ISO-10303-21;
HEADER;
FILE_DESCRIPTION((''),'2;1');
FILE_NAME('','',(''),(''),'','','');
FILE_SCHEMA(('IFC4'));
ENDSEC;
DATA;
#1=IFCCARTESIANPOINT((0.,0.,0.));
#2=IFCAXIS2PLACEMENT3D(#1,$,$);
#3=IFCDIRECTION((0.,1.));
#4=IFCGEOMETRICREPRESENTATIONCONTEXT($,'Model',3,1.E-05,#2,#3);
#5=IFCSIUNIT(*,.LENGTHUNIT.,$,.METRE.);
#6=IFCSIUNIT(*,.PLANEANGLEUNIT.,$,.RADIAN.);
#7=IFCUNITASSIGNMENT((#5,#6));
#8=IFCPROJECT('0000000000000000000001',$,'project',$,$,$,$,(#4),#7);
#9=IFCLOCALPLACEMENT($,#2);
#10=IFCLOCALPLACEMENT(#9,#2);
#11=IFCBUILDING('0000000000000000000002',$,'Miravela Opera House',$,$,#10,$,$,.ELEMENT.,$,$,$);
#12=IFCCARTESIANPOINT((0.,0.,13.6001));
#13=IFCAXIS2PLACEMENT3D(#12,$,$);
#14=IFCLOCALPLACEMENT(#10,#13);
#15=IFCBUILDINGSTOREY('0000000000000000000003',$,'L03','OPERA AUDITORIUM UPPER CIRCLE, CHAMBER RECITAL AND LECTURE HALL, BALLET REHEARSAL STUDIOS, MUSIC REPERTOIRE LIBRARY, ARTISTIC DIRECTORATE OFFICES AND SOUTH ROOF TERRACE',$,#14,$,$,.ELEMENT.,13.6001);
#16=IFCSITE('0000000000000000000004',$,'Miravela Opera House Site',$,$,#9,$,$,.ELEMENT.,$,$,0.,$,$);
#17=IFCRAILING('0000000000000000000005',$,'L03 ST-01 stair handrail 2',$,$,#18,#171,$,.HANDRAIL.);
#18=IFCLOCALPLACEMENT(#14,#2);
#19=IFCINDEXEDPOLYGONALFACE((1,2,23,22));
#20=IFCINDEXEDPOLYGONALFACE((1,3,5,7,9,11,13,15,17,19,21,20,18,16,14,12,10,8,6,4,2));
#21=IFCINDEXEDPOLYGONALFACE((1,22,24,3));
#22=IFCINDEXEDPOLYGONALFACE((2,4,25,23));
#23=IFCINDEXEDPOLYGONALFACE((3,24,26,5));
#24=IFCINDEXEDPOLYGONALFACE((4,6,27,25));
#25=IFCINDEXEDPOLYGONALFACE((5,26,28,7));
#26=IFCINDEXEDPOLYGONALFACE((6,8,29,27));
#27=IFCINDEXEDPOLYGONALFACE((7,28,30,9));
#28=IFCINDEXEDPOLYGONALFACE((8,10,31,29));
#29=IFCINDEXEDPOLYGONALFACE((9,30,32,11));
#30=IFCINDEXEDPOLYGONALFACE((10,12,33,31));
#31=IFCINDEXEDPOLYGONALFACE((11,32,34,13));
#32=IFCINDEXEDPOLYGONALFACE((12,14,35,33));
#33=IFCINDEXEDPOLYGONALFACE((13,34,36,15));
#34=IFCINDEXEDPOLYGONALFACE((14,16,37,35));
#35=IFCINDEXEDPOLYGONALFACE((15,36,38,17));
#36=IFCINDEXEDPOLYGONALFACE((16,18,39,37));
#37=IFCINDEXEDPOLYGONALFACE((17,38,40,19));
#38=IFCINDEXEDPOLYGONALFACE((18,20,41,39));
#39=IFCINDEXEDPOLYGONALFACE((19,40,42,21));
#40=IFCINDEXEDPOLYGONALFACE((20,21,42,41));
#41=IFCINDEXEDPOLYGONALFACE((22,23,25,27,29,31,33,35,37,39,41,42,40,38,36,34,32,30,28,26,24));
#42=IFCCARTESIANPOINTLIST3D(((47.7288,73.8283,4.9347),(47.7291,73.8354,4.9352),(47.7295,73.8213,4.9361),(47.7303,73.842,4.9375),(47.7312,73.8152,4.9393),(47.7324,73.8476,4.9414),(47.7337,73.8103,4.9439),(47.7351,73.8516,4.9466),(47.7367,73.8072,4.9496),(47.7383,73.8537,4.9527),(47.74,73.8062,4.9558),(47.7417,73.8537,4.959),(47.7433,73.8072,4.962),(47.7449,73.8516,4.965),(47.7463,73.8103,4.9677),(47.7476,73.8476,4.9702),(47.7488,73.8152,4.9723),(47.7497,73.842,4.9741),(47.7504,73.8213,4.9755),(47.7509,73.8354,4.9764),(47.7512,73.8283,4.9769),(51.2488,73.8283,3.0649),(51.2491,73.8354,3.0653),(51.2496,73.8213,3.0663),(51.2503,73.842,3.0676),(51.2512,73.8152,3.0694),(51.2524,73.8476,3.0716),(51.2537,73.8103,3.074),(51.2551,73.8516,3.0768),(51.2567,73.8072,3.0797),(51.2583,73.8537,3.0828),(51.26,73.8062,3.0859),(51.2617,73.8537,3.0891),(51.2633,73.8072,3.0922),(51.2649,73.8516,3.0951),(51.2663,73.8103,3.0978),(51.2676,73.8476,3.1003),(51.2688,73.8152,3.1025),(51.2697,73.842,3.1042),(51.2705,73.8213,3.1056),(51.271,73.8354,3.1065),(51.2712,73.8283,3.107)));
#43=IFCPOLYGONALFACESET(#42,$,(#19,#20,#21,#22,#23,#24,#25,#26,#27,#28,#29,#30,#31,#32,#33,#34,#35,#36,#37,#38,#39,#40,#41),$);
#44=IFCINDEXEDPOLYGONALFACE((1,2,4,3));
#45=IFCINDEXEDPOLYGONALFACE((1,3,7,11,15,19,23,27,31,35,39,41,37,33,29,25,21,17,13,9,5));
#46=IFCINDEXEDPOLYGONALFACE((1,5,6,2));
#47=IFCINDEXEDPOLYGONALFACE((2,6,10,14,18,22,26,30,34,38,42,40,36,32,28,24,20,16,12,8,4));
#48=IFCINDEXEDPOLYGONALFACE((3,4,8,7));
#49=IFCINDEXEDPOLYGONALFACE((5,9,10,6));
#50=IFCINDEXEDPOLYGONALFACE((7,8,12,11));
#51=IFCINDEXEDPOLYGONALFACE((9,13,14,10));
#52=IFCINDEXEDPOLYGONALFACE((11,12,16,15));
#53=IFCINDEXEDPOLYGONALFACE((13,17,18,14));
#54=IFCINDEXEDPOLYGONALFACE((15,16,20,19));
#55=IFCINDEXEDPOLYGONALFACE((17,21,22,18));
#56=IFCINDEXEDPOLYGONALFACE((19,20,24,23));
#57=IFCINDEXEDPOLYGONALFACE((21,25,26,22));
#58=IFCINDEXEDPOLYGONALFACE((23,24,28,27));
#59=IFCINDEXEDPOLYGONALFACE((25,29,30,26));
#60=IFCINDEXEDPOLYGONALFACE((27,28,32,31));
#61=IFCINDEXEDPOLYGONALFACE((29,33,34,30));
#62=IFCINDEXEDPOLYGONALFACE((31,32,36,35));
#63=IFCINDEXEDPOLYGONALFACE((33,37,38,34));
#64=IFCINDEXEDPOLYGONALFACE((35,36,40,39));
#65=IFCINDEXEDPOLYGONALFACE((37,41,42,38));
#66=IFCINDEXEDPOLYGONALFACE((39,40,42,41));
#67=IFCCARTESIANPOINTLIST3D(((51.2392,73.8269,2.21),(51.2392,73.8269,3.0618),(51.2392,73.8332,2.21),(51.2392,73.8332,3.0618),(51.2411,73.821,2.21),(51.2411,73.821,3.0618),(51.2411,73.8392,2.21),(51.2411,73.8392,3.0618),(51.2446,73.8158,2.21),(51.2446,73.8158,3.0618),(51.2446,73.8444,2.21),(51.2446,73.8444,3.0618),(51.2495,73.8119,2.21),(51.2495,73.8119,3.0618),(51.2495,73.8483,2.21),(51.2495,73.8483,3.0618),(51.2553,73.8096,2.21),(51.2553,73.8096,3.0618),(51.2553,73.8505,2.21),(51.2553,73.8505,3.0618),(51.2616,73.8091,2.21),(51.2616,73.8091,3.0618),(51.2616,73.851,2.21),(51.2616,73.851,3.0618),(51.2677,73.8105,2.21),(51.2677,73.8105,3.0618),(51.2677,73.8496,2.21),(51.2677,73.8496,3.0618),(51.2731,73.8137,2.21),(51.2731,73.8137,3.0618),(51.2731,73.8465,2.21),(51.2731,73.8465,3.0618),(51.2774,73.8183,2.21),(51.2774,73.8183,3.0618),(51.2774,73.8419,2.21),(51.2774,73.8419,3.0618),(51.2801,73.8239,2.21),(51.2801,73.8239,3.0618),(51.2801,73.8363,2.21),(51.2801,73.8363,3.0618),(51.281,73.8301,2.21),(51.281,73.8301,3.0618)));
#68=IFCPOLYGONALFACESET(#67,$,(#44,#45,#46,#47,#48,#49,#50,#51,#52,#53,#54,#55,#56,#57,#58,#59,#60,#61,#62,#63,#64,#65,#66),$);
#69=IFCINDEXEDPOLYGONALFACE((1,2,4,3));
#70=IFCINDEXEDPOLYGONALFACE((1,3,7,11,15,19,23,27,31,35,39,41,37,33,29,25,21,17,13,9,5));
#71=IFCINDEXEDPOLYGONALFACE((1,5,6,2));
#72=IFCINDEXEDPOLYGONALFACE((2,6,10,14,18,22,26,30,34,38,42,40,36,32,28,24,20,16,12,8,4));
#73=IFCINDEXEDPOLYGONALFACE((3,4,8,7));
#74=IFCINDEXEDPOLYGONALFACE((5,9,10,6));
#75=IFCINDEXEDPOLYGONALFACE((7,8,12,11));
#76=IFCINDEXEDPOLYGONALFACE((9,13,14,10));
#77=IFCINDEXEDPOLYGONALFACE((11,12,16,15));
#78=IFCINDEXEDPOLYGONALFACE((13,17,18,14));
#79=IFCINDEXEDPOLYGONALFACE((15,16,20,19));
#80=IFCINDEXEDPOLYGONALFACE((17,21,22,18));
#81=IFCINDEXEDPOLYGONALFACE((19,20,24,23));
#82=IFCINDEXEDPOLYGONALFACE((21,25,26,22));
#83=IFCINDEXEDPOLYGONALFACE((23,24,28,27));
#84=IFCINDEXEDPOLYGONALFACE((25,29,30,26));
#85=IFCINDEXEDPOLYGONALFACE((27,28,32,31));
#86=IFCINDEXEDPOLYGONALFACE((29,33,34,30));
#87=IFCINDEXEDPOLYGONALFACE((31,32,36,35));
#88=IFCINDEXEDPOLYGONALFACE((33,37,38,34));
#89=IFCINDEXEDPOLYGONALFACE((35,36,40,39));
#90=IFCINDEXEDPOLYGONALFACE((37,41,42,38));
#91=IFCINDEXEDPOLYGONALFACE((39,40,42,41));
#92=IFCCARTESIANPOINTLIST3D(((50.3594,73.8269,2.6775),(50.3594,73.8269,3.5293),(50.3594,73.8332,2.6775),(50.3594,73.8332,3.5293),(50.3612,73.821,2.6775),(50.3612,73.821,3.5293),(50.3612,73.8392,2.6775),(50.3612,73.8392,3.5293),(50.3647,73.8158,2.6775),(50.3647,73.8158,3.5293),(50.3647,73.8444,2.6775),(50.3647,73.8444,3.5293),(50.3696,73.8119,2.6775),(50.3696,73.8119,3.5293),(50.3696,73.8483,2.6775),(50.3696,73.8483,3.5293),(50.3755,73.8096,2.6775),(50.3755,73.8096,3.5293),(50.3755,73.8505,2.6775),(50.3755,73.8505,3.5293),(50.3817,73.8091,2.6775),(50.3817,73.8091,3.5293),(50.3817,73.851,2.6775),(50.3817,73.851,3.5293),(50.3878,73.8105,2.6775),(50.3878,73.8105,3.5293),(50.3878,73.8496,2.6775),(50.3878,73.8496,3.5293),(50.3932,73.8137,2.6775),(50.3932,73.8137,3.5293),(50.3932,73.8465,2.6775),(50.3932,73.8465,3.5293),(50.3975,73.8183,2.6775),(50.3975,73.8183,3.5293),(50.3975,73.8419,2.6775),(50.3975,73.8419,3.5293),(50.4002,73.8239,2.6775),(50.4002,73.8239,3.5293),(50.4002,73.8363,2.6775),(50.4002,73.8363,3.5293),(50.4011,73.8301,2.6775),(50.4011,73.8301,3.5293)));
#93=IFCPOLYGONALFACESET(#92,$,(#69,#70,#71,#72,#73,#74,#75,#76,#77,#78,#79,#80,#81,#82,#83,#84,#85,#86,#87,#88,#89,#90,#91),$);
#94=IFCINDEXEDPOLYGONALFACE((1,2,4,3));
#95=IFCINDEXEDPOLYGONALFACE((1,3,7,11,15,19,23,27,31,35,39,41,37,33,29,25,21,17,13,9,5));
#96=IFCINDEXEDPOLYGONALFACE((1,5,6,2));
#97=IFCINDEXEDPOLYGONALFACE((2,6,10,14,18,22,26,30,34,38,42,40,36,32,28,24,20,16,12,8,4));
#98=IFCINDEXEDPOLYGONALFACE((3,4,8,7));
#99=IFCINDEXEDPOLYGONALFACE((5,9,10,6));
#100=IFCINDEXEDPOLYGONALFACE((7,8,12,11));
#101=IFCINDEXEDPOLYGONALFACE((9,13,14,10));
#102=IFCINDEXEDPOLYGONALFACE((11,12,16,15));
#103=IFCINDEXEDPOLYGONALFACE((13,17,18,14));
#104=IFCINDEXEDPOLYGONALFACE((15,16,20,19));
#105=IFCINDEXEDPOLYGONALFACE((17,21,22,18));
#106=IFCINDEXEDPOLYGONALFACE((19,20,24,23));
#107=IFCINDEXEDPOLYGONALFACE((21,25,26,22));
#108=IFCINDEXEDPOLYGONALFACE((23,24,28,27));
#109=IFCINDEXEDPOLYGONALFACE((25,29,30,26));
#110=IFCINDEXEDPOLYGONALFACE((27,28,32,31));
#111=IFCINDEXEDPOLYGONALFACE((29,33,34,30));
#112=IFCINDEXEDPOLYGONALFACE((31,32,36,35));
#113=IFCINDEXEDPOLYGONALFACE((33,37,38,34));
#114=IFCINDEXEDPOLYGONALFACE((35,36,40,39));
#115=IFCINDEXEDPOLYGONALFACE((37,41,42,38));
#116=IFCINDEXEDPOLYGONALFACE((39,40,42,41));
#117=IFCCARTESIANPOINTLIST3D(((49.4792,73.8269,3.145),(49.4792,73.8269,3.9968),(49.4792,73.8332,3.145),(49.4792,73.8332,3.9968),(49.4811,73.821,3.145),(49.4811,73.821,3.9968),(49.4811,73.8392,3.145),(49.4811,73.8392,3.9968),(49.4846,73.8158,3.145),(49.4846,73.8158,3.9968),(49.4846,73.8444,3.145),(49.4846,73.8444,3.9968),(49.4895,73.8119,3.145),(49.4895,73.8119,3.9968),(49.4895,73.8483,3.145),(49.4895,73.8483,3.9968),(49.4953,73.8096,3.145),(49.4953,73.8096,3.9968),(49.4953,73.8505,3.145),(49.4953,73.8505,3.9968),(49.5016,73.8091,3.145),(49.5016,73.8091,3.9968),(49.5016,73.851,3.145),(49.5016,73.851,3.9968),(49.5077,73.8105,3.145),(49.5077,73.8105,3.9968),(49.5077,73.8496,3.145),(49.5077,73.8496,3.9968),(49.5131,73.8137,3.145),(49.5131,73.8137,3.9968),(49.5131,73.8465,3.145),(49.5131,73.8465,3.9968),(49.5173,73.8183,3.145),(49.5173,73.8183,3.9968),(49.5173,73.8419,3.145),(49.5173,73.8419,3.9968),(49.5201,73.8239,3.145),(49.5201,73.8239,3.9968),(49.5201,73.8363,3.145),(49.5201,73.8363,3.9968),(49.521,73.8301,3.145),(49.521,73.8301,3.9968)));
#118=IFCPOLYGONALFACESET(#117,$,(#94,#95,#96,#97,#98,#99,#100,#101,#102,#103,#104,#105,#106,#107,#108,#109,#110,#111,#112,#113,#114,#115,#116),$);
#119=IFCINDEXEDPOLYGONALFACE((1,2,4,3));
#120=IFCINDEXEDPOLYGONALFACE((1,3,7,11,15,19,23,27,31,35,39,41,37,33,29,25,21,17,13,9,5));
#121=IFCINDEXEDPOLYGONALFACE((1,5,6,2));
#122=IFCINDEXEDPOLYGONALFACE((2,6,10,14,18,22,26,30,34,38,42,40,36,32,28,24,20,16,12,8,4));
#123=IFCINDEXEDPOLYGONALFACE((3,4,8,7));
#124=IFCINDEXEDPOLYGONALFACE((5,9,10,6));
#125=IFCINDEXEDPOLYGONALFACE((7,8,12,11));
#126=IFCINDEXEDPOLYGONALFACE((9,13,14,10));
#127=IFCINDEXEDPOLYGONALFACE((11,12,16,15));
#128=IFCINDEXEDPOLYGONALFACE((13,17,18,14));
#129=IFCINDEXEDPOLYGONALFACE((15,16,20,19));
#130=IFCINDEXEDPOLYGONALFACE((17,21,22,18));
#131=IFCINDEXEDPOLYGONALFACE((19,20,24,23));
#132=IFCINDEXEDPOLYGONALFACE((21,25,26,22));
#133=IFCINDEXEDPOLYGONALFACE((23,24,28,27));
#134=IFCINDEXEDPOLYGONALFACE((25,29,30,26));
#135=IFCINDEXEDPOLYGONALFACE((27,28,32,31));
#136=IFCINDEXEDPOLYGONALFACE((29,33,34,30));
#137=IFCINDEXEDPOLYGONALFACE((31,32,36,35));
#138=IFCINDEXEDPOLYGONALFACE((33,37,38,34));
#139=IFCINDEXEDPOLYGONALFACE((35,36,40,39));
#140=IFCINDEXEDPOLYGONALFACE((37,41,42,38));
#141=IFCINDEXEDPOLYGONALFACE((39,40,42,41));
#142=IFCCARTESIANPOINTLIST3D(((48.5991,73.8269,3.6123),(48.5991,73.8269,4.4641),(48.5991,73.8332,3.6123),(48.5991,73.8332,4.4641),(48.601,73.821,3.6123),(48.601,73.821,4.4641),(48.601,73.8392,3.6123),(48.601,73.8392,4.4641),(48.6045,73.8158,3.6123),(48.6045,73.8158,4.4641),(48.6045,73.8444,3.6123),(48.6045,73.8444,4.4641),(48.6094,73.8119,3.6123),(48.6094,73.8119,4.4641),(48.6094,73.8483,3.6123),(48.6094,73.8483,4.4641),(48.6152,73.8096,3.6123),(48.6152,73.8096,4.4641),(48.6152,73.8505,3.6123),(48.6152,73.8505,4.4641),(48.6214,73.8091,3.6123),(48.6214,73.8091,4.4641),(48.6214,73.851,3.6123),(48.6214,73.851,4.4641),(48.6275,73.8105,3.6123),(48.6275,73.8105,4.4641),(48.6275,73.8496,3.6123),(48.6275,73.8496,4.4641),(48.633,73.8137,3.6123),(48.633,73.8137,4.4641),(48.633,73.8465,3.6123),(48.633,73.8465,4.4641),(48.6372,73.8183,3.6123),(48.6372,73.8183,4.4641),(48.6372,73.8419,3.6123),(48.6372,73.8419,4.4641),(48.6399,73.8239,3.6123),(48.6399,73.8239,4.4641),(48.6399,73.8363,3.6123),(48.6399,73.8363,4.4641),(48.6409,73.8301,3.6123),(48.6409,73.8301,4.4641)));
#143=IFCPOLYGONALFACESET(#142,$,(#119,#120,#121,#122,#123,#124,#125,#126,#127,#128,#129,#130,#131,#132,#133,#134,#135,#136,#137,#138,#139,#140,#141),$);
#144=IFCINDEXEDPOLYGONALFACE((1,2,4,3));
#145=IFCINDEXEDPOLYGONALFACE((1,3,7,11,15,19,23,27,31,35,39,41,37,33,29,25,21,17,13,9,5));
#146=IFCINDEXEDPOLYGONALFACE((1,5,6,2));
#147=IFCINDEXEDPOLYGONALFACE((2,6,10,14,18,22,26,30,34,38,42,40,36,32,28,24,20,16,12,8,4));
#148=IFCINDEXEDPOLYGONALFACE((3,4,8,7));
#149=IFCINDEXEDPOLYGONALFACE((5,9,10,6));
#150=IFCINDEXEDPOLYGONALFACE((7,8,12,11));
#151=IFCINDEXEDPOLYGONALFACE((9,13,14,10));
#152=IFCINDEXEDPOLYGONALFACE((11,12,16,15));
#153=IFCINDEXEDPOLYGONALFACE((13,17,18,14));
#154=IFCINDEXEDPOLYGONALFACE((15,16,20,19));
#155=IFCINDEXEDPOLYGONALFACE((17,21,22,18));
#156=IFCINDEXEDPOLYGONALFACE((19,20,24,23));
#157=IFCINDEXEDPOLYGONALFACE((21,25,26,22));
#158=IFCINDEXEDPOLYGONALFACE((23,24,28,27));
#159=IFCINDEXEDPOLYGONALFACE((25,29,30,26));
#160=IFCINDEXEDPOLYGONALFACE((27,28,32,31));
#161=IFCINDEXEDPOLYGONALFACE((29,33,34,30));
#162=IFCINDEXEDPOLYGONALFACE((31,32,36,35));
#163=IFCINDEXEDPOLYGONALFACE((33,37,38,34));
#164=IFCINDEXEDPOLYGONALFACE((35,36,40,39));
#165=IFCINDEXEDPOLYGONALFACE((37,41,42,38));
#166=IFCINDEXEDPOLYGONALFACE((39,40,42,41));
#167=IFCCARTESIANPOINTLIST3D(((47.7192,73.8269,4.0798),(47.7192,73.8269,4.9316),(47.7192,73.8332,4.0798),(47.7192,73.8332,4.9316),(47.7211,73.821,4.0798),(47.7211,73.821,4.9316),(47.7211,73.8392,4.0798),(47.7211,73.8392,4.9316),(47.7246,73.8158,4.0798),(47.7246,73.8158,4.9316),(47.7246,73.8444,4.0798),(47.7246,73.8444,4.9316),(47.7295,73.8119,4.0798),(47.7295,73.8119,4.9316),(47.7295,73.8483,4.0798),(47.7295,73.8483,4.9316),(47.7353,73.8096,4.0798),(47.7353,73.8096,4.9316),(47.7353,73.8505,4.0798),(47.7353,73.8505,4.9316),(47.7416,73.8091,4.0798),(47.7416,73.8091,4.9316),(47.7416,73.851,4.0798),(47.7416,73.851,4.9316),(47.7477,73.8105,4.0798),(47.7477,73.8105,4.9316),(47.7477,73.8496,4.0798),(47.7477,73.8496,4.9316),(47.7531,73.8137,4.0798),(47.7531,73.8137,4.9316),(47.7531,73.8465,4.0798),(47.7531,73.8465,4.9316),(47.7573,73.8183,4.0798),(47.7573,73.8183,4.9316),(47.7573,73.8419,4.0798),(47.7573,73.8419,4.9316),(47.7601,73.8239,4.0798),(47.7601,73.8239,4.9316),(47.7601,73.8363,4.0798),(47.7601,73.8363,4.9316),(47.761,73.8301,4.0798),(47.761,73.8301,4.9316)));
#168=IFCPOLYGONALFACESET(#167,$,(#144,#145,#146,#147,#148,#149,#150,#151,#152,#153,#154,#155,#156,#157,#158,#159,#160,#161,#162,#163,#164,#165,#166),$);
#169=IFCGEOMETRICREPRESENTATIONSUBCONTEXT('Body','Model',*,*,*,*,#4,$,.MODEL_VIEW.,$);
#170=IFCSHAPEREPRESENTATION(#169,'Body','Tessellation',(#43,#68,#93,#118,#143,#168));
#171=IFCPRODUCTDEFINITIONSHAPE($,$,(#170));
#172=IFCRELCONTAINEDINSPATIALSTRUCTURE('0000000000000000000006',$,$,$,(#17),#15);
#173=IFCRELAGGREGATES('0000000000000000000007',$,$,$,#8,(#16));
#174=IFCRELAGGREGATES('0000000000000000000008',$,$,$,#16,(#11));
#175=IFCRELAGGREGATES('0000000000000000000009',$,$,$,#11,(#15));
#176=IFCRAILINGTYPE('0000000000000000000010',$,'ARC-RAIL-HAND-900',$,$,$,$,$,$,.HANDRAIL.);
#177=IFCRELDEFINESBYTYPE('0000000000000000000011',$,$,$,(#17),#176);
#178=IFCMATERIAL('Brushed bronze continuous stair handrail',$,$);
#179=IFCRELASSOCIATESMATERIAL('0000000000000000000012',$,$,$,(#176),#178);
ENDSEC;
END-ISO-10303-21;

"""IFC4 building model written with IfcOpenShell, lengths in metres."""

from ifc_helpers import new_model, si_unit, direction, frame, origin, origin_2d, place, context, subcontext, project, spatial, circle, extrude, material, type_object, element, save


model = new_model("IFC4")

# Units and contexts
model_context = context("Model", 3, precision=1e-05, world=origin(), true_north=direction((0.0, 1.0)))
body_context = subcontext(model_context, "Body", "Model", "MODEL_VIEW")
ifc_project = project(units=[si_unit("LENGTHUNIT", "METRE"), si_unit("PLANEANGLEUNIT", "RADIAN")], contexts=[model_context])

# Site, building, storey
site_placement = place(None, origin())
site = spatial("IfcSite", under=ifc_project, at=site_placement, Name="Miravela Opera House Site", CompositionType="ELEMENT", RefElevation=0.0)
building_placement = place(site_placement, origin())
building = spatial("IfcBuilding", under=site, at=building_placement, Name="Miravela Opera House", CompositionType="ELEMENT")
storey_placement = place(building_placement, frame((0.0, 0.0, 13.6001)))
storey = spatial("IfcBuildingStorey", under=building, at=storey_placement, Name="L03", Description="OPERA AUDITORIUM UPPER CIRCLE, CHAMBER RECITAL AND LECTURE HALL, BALLET REHEARSAL STUDIOS, MUSIC REPERTOIRE LIBRARY, ARTISTIC DIRECTORATE OFFICES AND SOUTH ROOF TERRACE", CompositionType="ELEMENT", Elevation=13.6001)

# Railing
ifc_material_1 = material(Name="Brushed bronze continuous stair handrail")
railing_type_1 = type_object("IfcRailingType", Name="ARC-RAIL-HAND-900", PredefinedType="HANDRAIL", material=ifc_material_1)
railing_1_placement = place(storey_placement, frame((51.26, 73.8301, 2.21)))
element("IfcRailing", 1, at=railing_1_placement, inside=storey, type_object=railing_type_1, Name="L03 ST-01 stair handrail 2", PredefinedType="HANDRAIL", context=body_context, shape_type="SweptSolid", body=[
    extrude(circle(Radius=0.0239, at=origin_2d()), frame((0.0, 0.0, 0.876), z_axis=(-0.88313, 0.0, 0.469128), x_axis=(0.0, -1.0, 0.0)), (0.0, 0.0, 1.0), 3.9858),
    extrude(circle(Radius=0.021, at=origin_2d()), origin(), (0.0, 0.0, 1.0), 0.8518),
    extrude(circle(Radius=0.021, at=origin_2d()), frame((-0.8799, 0.0, 0.4675)), (0.0, 0.0, 1.0), 0.8518),
    extrude(circle(Radius=0.021, at=origin_2d()), frame((-1.76, 0.0, 0.9351)), (0.0, 0.0, 1.0), 0.8518),
    extrude(circle(Radius=0.021, at=origin_2d()), frame((-2.6401, 0.0, 1.4023)), (0.0, 0.0, 1.0), 0.8518),
    extrude(circle(Radius=0.021, at=origin_2d()), frame((-3.52, 0.0, 1.8699)), (0.0, 0.0, 1.0), 0.8518),
])

save(model, "model.ifc")
